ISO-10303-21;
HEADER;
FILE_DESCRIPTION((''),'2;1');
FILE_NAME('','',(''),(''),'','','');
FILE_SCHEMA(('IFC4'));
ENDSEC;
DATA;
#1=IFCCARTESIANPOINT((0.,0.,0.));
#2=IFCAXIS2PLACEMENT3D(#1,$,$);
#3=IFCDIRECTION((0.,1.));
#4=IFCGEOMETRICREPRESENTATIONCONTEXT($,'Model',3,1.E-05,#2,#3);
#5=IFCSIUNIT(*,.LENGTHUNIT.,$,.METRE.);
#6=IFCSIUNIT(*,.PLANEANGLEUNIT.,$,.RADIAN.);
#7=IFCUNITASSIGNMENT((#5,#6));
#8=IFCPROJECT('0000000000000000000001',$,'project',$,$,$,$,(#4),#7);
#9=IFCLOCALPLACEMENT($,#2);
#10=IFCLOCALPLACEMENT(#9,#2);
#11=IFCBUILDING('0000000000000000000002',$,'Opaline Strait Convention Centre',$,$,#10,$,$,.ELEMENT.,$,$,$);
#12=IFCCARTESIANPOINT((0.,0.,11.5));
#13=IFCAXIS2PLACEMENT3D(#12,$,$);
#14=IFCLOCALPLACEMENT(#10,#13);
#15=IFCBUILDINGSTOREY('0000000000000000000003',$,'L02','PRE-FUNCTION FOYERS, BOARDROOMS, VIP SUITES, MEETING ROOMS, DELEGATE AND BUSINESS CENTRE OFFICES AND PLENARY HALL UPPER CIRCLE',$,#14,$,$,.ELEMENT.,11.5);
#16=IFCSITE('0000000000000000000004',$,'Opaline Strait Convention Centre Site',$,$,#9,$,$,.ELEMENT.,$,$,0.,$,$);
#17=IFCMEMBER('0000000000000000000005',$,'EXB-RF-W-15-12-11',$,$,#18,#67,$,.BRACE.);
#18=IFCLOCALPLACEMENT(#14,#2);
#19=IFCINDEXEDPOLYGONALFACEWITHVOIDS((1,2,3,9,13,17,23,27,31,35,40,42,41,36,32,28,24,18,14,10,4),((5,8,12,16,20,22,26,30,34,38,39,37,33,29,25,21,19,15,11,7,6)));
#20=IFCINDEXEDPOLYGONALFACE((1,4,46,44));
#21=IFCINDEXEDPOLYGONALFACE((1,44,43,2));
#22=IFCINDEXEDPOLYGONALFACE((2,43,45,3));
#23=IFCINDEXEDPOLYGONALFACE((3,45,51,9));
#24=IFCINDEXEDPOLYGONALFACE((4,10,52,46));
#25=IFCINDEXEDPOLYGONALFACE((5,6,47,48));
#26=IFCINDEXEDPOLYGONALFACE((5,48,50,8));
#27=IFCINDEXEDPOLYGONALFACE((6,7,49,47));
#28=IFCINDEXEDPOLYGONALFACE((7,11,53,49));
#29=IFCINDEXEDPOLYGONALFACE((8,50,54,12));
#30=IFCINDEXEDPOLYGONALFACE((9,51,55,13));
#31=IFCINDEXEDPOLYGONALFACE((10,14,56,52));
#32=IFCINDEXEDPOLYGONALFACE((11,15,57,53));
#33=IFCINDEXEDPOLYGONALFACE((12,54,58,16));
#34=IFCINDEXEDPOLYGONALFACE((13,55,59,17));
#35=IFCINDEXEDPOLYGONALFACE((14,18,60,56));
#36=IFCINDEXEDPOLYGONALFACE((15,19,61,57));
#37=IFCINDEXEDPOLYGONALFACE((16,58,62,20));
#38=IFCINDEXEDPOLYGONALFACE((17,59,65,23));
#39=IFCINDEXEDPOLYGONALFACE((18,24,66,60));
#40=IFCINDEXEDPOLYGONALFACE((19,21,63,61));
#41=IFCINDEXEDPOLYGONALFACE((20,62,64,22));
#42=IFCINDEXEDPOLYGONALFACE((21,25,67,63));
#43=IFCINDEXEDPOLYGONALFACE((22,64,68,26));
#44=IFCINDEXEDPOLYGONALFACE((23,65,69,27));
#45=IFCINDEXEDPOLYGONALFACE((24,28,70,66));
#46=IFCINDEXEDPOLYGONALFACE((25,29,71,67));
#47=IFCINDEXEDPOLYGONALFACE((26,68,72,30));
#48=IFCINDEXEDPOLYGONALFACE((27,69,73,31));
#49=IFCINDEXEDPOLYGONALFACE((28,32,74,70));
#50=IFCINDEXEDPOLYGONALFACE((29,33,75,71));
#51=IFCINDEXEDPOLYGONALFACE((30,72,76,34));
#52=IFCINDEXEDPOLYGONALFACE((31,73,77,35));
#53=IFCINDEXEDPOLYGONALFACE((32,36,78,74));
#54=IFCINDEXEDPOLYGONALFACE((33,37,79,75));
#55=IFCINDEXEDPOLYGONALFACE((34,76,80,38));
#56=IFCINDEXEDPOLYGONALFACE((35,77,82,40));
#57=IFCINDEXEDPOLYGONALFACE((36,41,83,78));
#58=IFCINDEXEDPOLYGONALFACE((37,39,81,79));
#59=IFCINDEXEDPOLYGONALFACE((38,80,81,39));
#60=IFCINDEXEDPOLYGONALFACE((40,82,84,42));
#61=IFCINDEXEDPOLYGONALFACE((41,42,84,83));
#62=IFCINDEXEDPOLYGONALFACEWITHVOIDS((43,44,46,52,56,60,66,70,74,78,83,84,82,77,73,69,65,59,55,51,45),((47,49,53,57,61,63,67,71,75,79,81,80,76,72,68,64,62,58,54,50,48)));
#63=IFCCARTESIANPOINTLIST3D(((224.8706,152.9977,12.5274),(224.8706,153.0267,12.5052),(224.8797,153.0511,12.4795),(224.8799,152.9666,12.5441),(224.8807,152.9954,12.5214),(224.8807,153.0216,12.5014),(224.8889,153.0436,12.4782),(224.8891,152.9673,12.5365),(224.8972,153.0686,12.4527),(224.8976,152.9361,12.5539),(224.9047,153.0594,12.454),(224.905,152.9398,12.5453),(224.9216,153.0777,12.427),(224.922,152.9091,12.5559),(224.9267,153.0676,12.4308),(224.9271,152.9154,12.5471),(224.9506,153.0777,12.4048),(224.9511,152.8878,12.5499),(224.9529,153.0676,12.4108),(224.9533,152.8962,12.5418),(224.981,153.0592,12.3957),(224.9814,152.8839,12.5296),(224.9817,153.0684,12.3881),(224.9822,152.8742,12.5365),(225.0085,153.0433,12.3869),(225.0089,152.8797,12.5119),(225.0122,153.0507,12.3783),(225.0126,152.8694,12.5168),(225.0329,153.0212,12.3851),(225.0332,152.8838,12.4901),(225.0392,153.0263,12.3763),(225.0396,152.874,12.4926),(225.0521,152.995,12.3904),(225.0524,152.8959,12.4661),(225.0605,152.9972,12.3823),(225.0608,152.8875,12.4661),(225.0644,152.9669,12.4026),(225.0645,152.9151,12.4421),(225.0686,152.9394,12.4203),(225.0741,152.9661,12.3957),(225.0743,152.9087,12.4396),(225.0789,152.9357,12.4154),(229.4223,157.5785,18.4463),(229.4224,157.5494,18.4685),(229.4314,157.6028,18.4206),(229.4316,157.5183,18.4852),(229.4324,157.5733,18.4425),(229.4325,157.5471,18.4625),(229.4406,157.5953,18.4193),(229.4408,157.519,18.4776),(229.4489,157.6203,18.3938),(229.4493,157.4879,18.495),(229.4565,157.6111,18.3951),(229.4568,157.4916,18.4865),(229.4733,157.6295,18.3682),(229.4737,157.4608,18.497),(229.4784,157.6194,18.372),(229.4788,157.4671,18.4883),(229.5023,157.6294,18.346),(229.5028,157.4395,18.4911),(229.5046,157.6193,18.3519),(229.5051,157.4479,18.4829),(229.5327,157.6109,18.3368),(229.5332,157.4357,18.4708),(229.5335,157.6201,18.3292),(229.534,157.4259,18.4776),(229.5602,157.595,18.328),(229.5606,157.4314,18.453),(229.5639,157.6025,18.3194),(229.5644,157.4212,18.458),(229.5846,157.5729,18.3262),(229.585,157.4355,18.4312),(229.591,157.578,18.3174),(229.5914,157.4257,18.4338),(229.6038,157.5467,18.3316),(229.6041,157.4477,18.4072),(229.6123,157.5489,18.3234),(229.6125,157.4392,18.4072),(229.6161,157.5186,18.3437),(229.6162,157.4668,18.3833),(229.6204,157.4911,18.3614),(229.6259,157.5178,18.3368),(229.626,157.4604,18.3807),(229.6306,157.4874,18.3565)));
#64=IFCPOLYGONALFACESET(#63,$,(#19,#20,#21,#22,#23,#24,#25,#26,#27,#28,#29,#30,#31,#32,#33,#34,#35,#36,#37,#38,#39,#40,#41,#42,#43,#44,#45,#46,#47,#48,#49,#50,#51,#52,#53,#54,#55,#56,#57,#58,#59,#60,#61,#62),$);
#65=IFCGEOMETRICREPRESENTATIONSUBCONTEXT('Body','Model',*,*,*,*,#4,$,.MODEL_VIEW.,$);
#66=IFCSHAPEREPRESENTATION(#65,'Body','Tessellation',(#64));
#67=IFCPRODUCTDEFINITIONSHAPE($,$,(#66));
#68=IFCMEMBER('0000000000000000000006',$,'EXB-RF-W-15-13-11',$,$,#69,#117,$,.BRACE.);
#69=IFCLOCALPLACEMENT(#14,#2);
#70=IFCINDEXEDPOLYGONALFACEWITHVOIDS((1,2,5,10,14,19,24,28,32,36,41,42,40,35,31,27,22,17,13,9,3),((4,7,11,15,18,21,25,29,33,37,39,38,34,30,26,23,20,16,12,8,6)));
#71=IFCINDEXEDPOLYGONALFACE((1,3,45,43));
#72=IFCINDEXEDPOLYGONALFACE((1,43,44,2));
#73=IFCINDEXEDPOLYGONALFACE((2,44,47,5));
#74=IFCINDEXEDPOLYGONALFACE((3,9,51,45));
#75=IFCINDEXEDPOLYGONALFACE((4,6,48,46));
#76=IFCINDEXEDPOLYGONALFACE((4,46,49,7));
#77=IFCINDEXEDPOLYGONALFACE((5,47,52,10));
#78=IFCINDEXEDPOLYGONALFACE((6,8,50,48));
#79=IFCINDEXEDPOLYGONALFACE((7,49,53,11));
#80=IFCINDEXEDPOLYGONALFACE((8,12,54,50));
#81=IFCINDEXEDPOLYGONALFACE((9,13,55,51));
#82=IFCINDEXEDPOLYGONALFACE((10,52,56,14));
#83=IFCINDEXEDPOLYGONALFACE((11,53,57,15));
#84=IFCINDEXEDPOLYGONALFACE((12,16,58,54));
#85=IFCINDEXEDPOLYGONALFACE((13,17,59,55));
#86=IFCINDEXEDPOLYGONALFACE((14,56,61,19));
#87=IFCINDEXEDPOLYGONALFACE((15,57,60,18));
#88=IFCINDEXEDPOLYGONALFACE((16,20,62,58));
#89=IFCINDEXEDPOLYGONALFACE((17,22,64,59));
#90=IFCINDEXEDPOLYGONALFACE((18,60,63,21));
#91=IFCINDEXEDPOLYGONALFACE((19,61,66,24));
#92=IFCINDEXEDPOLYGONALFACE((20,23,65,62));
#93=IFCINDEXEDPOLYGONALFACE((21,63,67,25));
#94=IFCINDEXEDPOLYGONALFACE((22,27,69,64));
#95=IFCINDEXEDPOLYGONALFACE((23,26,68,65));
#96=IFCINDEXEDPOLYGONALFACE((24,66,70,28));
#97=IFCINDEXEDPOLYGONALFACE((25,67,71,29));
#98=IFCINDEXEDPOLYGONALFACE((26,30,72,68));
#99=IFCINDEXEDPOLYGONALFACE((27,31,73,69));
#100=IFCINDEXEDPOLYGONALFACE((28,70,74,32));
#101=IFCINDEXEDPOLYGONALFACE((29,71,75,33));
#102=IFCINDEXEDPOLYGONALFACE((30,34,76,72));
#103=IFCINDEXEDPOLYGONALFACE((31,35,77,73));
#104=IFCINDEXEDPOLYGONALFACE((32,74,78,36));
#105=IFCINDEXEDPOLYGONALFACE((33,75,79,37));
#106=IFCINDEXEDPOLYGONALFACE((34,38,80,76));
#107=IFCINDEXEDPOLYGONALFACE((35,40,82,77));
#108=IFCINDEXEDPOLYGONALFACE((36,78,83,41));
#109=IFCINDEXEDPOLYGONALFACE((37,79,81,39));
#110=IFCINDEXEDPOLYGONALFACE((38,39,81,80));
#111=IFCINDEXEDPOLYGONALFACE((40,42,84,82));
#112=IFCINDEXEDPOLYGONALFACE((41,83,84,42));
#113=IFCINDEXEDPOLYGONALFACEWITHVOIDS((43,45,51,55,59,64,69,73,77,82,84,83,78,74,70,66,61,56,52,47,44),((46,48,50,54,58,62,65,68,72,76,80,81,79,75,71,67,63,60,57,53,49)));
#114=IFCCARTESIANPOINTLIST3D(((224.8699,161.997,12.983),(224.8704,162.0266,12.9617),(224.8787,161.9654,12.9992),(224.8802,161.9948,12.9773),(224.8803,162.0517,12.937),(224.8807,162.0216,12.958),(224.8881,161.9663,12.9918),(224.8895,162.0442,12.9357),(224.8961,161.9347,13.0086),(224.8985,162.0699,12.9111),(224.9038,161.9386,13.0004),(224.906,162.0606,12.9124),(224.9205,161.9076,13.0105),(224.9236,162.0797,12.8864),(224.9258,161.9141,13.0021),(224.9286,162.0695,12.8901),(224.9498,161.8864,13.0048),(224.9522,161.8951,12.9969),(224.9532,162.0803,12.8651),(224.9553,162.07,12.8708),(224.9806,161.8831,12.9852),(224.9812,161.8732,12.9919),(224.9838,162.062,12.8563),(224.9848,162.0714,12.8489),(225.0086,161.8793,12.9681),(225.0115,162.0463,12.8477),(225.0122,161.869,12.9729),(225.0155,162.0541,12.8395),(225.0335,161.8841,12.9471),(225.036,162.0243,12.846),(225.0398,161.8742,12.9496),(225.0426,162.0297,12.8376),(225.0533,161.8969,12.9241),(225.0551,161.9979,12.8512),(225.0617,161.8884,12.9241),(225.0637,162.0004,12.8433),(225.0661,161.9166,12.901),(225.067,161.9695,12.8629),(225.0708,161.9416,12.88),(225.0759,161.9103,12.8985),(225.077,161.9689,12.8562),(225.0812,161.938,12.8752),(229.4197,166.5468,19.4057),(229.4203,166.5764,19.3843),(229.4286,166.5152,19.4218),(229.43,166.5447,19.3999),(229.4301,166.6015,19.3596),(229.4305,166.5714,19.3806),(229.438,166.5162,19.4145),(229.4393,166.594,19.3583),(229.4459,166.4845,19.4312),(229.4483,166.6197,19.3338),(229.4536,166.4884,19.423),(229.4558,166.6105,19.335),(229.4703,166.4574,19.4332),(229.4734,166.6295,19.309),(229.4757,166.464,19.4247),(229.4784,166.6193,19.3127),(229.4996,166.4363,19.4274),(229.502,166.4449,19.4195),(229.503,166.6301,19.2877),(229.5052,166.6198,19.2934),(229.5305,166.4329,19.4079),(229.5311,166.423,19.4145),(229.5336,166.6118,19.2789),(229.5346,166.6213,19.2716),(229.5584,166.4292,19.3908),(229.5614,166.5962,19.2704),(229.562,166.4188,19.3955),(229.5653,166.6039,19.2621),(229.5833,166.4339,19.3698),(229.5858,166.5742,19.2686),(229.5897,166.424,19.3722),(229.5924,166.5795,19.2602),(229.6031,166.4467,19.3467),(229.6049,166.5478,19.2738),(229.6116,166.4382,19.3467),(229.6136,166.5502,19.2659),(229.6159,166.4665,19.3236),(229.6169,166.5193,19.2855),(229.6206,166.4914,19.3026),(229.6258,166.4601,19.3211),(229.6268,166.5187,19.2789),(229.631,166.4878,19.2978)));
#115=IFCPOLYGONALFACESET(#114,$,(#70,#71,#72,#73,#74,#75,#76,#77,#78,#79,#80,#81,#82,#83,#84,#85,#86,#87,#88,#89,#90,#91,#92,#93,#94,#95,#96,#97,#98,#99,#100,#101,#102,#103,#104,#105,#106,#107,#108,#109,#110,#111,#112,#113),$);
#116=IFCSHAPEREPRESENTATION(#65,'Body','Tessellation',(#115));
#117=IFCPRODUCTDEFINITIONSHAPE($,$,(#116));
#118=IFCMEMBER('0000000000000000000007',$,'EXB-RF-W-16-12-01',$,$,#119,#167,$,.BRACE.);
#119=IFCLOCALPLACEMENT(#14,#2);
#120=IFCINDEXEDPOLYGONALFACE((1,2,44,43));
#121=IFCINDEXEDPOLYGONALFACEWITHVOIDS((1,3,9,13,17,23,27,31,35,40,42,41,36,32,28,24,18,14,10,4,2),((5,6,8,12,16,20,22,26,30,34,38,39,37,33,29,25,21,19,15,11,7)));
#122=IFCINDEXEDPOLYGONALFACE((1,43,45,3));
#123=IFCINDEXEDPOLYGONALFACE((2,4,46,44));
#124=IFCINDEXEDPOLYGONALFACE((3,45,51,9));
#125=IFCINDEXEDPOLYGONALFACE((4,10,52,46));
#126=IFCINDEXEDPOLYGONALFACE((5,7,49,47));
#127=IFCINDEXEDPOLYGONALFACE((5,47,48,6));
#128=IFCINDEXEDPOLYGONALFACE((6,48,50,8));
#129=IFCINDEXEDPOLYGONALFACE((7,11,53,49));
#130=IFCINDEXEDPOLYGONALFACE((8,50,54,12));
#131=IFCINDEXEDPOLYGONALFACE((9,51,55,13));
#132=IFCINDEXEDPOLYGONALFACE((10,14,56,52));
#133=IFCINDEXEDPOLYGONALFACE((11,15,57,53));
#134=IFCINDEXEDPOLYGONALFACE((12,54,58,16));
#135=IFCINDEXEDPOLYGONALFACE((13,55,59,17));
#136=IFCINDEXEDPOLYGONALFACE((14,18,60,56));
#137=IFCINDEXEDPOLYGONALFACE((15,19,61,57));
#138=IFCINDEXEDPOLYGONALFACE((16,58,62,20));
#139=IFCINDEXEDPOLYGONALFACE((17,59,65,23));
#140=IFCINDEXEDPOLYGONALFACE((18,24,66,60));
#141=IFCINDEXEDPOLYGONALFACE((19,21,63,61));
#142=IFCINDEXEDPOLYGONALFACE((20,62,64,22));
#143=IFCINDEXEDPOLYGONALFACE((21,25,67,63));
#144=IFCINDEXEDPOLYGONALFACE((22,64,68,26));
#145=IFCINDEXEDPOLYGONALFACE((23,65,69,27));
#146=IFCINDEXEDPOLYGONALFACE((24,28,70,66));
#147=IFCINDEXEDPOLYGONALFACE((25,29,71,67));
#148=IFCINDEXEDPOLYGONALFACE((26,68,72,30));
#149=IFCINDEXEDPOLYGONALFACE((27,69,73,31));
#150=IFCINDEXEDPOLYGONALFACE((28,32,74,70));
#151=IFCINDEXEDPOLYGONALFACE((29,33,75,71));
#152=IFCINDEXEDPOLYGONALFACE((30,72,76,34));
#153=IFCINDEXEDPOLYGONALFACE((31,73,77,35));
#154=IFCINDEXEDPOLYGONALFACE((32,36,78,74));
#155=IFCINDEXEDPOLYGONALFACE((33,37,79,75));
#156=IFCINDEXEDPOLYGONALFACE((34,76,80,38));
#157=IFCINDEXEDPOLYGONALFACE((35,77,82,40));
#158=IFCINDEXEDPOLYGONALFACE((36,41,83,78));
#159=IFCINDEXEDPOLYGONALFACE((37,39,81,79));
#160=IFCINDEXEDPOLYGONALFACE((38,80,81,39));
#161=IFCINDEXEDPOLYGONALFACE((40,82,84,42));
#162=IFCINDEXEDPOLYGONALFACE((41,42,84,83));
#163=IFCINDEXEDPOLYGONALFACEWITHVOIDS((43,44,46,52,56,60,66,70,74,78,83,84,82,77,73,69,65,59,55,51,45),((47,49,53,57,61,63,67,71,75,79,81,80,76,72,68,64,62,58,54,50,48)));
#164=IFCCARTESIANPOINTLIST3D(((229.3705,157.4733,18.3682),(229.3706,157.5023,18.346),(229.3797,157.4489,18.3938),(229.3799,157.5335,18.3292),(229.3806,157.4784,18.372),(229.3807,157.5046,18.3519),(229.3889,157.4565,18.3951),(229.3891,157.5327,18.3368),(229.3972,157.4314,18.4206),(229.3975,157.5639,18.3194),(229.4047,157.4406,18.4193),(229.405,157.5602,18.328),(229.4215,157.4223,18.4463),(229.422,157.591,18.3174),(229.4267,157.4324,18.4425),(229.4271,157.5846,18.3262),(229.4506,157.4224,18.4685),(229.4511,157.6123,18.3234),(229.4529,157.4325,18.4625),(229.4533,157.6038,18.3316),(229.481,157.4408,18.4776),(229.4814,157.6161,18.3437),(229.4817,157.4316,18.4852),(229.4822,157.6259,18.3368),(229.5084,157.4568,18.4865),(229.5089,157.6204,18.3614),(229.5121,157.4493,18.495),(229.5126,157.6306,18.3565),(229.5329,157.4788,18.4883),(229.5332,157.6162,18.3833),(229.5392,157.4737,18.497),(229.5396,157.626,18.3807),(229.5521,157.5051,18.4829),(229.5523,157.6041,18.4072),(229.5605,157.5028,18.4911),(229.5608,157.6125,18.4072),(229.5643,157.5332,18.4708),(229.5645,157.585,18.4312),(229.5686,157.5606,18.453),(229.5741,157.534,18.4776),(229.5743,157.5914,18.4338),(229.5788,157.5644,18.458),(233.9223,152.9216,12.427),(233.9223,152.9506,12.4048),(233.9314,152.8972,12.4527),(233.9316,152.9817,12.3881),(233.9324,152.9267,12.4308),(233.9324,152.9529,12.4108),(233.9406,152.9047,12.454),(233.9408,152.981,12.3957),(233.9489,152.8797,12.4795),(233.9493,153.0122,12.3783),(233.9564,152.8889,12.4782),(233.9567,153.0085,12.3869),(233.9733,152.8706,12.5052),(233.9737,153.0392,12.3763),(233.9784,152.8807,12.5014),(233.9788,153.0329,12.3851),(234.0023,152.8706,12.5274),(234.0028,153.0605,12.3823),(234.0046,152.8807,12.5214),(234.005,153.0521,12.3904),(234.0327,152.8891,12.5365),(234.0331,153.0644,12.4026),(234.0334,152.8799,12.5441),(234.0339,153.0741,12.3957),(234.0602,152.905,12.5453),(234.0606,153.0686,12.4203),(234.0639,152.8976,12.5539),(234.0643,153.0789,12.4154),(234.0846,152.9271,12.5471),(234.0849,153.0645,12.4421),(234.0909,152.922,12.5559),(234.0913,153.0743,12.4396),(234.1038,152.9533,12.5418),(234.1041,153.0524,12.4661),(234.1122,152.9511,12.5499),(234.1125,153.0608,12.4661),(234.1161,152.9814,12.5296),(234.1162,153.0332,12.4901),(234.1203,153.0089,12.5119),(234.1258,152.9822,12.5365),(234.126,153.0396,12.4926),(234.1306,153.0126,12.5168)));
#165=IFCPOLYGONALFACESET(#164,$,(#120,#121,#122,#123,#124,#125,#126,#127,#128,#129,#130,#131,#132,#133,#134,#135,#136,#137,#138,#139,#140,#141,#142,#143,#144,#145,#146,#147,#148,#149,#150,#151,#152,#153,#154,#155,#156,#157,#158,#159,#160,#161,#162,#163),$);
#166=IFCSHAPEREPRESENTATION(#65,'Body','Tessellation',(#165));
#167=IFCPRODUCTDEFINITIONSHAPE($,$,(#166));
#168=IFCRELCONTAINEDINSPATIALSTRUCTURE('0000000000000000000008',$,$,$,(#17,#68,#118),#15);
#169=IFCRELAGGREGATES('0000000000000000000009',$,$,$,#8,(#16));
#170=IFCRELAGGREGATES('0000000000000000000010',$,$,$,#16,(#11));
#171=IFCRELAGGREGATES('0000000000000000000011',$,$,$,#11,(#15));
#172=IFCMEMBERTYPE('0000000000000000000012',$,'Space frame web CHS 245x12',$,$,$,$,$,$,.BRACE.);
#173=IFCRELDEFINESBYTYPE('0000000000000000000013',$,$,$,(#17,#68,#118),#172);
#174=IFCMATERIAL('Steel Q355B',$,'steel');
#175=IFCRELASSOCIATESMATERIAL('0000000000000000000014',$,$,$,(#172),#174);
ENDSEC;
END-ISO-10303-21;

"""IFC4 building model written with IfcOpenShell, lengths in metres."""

from ifc_helpers import new_model, si_unit, direction, frame, origin, origin_2d, place, context, subcontext, project, spatial, hollow_circle, extrude, material, material_profile, profile_set, type_object, element, save


model = new_model("IFC4")

# Units and contexts
model_context = context("Model", 3, precision=1e-05, world=origin(), true_north=direction((0.0, 1.0)))
body_context = subcontext(model_context, "Body", "Model", "MODEL_VIEW")
ifc_project = project(units=[si_unit("LENGTHUNIT", "METRE"), si_unit("PLANEANGLEUNIT", "RADIAN")], contexts=[model_context])

# Site, building, storey
site_placement = place(None, origin())
site = spatial("IfcSite", under=ifc_project, at=site_placement, Name="Opaline Strait Convention Centre Site", CompositionType="ELEMENT", RefElevation=0.0)
building_placement = place(site_placement, origin())
building = spatial("IfcBuilding", under=site, at=building_placement, Name="Opaline Strait Convention Centre", CompositionType="ELEMENT")
storey_placement = place(building_placement, frame((0.0, 0.0, 11.5)))
storey = spatial("IfcBuildingStorey", under=building, at=storey_placement, Name="L02", Description="PRE-FUNCTION FOYERS, BOARDROOMS, VIP SUITES, MEETING ROOMS, DELEGATE AND BUSINESS CENTRE OFFICES AND PLENARY HALL UPPER CIRCLE", CompositionType="ELEMENT", Elevation=11.5)

# Members
ifc_material_1 = material(Name="Steel Q355B", Category="steel")
ifc_material_profile_1 = material_profile(ifc_material_1, hollow_circle(Radius=0.1226, WallThickness=0.012, at=origin_2d()), Name="CHS 245x12")
ifc_profile_set_1 = profile_set([ifc_material_profile_1], Name="Steel Q355B")
member_type_1 = type_object("IfcMemberType", Name="Space frame web CHS 245x12", PredefinedType="BRACE", material=ifc_profile_set_1)
member_1_placement = place(storey_placement, frame((229.5259, 157.5259, 18.4072), z_axis=(-0.519618, -0.519618, -0.678229), x_axis=(0.707107, -0.707107, 0.0)))
element("IfcMember", 1, at=member_1_placement, inside=storey, type_object=member_type_1, Name="EXB-RF-W-15-12-11", PredefinedType="BRACE", context=body_context, shape_type="SweptSolid", body=[
    extrude(hollow_circle(Radius=0.1226, WallThickness=0.012, at=origin_2d()), origin(), (0.0, 0.0, 1.0), 8.7598),
])
member_2_placement = place(storey_placement, frame((229.5249, 166.5249, 19.3467), z_axis=(-0.500458, -0.500458, -0.706458), x_axis=(0.707107, -0.707107, 0.0)))
element("IfcMember", 2, at=member_2_placement, inside=storey, type_object=member_type_1, Name="EXB-RF-W-15-13-11", PredefinedType="BRACE", context=body_context, shape_type="SweptSolid", body=[
    extrude(hollow_circle(Radius=0.1226, WallThickness=0.012, at=origin_2d()), origin(), (0.0, 0.0, 1.0), 9.0913),
])
member_3_placement = place(storey_placement, frame((229.4741, 157.5259, 18.4072), z_axis=(0.519618, -0.519618, -0.678229), x_axis=(0.707107, 0.707107, 0.0)))
element("IfcMember", 3, at=member_3_placement, inside=storey, type_object=member_type_1, Name="EXB-RF-W-16-12-01", PredefinedType="BRACE", context=body_context, shape_type="SweptSolid", body=[
    extrude(hollow_circle(Radius=0.1226, WallThickness=0.012, at=origin_2d()), origin(), (0.0, 0.0, 1.0), 8.7598),
])

save(model, "model.ifc")
